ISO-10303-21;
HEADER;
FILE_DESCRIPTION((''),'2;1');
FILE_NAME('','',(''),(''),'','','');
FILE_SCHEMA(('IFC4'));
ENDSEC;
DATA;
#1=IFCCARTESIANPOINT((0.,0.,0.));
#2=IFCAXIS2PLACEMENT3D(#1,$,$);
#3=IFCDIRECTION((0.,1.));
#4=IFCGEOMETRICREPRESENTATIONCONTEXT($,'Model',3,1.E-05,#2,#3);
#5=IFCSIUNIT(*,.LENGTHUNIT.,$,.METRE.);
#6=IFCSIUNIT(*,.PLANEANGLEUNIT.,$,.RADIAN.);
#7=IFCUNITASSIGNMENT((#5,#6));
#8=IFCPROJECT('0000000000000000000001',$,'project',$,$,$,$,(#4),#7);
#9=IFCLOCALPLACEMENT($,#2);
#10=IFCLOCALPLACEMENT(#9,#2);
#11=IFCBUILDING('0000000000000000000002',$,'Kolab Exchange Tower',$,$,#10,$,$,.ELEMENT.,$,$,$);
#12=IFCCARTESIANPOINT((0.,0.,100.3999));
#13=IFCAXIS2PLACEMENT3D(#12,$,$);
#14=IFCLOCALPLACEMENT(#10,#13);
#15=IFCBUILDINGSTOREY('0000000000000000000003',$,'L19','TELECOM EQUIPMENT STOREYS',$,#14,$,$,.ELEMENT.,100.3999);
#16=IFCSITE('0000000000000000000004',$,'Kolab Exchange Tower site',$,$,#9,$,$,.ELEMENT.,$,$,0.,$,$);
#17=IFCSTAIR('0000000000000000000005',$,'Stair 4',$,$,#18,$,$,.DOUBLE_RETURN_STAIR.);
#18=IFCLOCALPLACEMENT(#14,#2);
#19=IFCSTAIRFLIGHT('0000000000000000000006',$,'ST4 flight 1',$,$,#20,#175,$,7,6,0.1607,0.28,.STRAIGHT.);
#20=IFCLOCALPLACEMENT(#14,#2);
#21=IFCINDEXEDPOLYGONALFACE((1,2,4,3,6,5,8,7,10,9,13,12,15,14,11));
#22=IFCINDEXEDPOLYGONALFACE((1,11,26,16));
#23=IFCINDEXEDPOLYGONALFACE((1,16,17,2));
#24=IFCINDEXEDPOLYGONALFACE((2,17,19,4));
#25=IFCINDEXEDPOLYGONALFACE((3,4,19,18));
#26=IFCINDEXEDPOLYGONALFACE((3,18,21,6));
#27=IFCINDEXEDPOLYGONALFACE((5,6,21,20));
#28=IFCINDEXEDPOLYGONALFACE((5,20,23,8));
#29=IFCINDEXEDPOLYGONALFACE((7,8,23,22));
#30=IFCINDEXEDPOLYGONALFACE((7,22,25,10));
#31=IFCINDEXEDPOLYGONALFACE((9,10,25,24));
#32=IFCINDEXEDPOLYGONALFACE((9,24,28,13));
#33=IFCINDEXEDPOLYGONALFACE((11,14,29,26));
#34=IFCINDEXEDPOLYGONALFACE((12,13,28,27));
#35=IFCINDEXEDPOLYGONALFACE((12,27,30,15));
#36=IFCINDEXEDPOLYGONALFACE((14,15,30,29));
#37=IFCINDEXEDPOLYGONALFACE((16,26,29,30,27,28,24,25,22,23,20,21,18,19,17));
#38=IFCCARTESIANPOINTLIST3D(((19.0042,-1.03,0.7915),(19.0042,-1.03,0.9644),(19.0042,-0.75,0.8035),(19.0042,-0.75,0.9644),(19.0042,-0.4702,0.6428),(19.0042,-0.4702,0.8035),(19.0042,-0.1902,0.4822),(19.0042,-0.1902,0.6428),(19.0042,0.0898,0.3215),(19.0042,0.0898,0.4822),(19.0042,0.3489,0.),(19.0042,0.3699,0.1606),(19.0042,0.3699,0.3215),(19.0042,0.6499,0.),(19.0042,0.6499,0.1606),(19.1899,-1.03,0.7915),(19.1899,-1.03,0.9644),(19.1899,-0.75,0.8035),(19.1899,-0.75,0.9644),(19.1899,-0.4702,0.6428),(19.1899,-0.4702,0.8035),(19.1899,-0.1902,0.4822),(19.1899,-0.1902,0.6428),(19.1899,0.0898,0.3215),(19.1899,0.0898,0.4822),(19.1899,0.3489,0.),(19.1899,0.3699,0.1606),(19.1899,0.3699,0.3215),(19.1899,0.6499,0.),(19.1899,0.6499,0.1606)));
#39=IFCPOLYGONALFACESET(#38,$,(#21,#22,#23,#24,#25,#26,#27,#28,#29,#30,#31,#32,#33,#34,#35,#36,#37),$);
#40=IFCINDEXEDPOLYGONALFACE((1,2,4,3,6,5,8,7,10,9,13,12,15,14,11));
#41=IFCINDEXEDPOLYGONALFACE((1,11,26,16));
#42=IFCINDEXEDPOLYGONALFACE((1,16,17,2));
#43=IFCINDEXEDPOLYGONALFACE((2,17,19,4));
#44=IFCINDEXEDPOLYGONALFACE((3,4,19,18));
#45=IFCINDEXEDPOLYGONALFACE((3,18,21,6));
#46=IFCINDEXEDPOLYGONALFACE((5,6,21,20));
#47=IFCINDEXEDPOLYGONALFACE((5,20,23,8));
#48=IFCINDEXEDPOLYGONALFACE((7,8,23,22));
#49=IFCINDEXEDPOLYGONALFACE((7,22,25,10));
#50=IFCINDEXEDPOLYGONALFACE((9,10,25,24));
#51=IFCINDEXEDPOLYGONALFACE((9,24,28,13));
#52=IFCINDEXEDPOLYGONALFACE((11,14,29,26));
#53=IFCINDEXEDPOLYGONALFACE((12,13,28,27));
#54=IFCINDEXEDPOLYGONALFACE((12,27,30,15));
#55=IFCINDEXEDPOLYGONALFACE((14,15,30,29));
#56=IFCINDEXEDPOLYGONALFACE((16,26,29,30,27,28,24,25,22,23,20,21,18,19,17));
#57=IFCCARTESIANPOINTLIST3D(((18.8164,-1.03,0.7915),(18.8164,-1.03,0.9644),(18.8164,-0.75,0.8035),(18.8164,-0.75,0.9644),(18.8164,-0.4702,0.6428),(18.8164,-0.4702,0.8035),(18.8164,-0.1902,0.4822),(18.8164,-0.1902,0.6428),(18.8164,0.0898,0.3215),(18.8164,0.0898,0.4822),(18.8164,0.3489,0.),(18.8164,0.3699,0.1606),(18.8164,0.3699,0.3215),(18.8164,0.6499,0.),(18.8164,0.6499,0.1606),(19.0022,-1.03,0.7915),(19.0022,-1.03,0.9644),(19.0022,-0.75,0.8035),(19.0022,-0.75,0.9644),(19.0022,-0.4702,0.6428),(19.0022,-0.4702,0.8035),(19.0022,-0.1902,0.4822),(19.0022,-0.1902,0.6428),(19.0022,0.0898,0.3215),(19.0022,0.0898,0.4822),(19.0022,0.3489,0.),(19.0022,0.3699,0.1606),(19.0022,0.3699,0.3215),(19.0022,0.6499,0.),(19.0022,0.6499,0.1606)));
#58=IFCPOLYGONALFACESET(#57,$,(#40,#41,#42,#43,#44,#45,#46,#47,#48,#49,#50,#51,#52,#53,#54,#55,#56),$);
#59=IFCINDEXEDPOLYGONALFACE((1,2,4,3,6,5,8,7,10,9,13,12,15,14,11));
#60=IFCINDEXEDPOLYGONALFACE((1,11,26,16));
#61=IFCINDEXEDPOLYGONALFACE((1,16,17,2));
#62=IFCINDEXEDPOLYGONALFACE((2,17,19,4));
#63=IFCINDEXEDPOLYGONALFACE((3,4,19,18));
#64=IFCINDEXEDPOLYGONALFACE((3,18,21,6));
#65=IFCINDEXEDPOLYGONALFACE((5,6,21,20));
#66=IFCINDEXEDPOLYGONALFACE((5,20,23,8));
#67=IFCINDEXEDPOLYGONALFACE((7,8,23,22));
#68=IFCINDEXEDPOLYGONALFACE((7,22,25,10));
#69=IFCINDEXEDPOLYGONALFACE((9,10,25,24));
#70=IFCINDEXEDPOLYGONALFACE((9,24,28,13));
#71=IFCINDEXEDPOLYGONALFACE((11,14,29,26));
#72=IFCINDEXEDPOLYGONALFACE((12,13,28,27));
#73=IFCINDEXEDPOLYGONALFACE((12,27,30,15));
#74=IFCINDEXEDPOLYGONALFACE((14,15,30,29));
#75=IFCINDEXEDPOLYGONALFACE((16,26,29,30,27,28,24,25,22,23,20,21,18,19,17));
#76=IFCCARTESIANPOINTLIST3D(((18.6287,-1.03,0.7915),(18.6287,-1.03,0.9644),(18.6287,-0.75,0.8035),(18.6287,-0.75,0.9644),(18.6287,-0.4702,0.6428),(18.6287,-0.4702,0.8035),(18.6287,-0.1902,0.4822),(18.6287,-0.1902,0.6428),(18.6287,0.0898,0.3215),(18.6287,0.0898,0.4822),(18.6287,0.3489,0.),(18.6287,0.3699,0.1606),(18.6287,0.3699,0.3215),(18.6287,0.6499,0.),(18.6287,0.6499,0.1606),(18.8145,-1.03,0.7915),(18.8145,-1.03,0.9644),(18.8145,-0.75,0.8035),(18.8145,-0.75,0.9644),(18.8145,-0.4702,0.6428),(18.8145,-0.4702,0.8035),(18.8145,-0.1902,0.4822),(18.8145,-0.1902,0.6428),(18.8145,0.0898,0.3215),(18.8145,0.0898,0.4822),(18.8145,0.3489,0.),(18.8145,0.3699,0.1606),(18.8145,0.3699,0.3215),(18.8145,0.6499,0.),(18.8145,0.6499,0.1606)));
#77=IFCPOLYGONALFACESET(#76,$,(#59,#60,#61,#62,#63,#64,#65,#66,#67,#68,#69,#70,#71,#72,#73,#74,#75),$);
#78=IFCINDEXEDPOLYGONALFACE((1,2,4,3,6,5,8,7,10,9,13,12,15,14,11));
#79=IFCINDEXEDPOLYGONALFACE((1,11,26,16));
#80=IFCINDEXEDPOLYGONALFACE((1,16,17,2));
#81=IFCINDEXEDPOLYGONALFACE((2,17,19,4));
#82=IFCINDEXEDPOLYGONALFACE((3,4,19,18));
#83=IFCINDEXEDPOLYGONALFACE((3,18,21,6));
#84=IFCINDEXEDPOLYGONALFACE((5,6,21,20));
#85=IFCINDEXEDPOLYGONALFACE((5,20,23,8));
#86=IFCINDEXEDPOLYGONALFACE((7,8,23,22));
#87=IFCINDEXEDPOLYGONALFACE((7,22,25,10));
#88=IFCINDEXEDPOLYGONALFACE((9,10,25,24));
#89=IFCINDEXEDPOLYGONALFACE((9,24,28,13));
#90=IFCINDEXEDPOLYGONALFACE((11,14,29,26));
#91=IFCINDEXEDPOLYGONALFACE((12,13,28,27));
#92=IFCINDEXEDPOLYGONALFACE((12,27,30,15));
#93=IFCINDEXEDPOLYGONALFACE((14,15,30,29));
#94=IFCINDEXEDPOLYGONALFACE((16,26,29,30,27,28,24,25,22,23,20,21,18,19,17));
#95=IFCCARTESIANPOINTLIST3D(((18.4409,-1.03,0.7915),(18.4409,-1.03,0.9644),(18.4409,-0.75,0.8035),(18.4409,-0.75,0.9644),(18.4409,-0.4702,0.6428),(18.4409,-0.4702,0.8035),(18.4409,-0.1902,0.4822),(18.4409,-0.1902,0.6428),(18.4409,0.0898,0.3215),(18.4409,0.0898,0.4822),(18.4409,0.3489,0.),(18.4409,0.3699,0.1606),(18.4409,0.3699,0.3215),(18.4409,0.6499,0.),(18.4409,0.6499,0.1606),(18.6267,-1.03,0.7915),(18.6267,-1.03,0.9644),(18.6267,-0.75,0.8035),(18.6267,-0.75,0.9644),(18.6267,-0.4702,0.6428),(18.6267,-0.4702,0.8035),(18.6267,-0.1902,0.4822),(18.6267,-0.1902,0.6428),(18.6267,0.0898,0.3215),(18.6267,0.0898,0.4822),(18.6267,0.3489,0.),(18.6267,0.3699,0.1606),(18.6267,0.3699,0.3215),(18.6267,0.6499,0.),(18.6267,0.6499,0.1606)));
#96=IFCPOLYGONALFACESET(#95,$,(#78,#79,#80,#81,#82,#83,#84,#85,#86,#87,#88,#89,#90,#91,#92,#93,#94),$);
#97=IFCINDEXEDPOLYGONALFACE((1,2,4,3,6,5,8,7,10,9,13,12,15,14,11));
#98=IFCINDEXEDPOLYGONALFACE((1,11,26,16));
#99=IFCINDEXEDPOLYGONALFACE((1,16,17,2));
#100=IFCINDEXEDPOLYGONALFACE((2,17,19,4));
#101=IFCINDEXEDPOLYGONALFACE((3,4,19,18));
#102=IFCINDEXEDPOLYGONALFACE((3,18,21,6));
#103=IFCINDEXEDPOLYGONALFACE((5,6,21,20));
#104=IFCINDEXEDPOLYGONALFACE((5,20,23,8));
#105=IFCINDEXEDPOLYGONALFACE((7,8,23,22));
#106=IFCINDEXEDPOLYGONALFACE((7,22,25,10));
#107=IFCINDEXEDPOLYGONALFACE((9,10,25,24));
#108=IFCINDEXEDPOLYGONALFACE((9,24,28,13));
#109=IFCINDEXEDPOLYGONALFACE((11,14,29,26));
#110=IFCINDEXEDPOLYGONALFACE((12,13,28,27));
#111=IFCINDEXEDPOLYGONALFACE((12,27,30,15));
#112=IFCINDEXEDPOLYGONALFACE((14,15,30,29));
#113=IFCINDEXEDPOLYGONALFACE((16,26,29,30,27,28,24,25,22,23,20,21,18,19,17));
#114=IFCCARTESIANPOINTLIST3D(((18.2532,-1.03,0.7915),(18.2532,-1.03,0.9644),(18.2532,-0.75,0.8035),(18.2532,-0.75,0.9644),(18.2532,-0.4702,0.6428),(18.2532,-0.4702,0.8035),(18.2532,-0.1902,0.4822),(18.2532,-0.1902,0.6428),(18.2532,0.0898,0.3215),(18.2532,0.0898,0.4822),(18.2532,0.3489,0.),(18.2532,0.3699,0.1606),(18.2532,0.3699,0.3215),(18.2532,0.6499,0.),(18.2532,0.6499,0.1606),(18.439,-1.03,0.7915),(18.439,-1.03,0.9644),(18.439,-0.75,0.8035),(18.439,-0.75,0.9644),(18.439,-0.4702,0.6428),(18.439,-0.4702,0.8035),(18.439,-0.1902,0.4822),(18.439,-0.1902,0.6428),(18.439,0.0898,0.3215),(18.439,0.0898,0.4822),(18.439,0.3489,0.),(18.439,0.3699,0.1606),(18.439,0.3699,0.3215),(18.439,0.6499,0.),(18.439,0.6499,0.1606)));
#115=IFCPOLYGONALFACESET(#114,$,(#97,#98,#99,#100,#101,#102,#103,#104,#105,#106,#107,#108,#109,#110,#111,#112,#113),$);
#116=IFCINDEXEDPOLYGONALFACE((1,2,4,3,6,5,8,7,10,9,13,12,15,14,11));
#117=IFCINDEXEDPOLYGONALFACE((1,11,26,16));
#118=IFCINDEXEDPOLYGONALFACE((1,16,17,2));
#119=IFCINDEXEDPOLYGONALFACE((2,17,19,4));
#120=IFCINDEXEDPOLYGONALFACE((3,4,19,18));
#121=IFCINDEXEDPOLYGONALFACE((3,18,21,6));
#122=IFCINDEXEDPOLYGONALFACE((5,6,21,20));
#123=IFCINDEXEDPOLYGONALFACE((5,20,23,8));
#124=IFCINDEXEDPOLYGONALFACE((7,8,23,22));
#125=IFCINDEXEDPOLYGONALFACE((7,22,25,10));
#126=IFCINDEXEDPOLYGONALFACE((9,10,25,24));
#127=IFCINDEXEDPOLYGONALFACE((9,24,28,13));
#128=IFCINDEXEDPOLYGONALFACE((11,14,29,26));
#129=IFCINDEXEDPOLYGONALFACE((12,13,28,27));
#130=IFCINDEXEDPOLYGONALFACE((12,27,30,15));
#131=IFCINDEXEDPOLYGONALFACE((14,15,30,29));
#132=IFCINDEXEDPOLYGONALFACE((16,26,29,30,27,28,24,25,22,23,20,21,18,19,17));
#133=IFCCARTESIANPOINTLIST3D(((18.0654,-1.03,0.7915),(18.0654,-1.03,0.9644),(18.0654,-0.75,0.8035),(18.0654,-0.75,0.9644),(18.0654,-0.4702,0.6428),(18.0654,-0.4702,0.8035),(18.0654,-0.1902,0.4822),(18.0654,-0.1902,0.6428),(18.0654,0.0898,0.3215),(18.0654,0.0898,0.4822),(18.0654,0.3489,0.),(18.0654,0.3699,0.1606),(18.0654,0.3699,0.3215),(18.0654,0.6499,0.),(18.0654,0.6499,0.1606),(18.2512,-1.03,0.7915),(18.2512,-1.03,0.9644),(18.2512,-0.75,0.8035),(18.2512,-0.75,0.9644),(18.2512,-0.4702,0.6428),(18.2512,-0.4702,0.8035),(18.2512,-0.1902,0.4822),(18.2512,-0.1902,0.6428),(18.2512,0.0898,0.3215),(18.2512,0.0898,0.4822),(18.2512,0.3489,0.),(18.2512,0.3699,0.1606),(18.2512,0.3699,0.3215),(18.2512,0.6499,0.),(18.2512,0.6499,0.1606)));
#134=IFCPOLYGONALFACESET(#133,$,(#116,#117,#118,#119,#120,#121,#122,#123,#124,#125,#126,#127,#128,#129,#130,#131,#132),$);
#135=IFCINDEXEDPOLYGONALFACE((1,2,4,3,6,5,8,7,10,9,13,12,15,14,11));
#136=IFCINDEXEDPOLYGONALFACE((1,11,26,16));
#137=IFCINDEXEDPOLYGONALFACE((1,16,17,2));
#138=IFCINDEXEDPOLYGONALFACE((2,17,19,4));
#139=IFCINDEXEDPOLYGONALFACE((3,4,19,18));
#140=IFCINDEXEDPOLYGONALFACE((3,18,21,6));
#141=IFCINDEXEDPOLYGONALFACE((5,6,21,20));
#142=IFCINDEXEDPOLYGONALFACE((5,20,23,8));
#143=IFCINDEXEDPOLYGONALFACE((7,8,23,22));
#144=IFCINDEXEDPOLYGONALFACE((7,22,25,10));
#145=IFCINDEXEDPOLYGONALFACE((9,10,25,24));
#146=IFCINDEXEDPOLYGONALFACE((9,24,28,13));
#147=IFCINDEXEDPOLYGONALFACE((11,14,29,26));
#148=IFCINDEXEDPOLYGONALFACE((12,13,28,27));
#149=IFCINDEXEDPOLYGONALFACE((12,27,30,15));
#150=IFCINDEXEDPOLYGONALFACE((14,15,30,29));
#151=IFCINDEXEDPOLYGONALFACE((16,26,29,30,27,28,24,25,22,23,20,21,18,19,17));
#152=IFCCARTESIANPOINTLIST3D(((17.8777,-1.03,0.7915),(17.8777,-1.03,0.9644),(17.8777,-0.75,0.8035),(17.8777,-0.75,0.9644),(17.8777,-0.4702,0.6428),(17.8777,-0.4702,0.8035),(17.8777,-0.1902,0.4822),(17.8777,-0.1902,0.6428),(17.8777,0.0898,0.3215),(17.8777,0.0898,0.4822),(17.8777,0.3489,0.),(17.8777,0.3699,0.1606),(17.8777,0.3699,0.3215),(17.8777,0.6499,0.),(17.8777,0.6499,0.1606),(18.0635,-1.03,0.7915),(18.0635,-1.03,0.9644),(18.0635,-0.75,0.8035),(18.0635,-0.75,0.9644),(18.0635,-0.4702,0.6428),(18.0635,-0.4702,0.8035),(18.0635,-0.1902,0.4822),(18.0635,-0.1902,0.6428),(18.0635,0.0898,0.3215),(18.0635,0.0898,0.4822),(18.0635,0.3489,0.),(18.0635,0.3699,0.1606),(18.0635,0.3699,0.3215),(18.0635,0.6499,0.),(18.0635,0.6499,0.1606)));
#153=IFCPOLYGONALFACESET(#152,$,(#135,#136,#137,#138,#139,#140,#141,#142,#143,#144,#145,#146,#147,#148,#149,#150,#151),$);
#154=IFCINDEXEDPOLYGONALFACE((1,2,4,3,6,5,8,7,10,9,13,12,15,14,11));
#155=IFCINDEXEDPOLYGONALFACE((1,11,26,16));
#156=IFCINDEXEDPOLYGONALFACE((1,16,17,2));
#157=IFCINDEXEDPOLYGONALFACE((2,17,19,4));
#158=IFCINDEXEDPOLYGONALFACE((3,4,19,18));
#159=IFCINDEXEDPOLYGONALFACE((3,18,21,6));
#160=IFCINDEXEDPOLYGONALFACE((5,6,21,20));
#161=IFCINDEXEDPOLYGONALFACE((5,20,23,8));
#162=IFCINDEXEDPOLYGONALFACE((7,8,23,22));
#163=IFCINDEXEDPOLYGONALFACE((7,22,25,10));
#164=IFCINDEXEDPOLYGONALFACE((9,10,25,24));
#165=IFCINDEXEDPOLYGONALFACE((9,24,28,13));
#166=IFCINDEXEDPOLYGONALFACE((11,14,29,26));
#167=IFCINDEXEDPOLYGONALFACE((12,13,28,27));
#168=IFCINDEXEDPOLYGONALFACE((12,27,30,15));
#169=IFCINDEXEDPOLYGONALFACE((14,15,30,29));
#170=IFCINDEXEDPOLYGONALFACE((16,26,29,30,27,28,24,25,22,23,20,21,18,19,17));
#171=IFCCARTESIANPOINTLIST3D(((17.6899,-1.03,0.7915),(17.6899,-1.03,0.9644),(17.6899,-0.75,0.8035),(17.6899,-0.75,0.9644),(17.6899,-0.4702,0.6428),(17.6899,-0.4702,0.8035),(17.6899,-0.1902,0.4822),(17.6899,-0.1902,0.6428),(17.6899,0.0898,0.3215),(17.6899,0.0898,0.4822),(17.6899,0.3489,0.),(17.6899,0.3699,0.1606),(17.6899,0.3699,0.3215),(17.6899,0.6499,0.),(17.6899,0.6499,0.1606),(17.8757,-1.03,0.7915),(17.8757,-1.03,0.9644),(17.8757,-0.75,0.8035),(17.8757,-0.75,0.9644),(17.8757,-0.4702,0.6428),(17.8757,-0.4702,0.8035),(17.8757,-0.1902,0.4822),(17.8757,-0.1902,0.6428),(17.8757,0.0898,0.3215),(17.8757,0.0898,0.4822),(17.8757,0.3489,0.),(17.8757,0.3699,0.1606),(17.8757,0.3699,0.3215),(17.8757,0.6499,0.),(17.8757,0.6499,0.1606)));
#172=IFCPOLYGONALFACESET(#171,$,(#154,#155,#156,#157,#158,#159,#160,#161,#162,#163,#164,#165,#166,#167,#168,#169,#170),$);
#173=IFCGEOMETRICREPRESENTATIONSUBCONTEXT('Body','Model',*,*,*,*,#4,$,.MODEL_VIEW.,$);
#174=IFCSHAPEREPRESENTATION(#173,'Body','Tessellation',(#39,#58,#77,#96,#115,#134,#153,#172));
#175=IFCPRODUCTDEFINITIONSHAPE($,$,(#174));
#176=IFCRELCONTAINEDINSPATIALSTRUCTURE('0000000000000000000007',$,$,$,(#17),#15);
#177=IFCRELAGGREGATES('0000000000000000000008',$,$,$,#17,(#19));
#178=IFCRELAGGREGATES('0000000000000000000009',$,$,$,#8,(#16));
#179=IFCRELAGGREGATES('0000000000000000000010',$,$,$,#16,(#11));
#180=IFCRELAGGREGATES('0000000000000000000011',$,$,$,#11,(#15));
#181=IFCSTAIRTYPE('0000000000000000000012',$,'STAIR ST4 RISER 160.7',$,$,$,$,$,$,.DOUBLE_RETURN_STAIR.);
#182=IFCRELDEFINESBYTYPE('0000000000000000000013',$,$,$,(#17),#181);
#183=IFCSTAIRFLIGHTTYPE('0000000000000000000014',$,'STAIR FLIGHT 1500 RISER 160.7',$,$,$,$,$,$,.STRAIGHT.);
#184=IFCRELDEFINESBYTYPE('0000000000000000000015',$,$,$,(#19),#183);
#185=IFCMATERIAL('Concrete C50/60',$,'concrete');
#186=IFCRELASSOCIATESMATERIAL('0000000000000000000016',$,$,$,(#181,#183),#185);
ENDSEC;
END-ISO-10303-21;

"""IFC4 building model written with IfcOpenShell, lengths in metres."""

from ifc_helpers import new_model, si_unit, direction, frame, origin, place, context, subcontext, project, spatial, polyline, outline, extrude, material, type_object, element, aggregate, save


model = new_model("IFC4")

# Units and contexts
model_context = context("Model", 3, precision=1e-05, world=origin(), true_north=direction((0.0, 1.0)))
body_context = subcontext(model_context, "Body", "Model", "MODEL_VIEW")
ifc_project = project(units=[si_unit("LENGTHUNIT", "METRE"), si_unit("PLANEANGLEUNIT", "RADIAN")], contexts=[model_context])

# Site, building, storey
site_placement = place(None, origin())
site = spatial("IfcSite", under=ifc_project, at=site_placement, Name="Kolab Exchange Tower site", CompositionType="ELEMENT", RefElevation=0.0)
building_placement = place(site_placement, origin())
building = spatial("IfcBuilding", under=site, at=building_placement, Name="Kolab Exchange Tower", CompositionType="ELEMENT")
storey_placement = place(building_placement, frame((0.0, 0.0, 100.3999)))
storey = spatial("IfcBuildingStorey", under=building, at=storey_placement, Name="L19", Description="TELECOM EQUIPMENT STOREYS", CompositionType="ELEMENT", Elevation=100.3999)

# Shared definitions
ifc_material_1 = material(Name="Concrete C50/60", Category="concrete")

# Stair, stair flight
stair_type = type_object("IfcStairType", Name="STAIR ST4 RISER 160.7", PredefinedType="DOUBLE_RETURN_STAIR", material=ifc_material_1)
stair_placement = place(storey_placement, origin())
stair = element("IfcStair", 1, at=stair_placement, inside=storey, type_object=stair_type, Name="Stair 4", PredefinedType="DOUBLE_RETURN_STAIR")
stair_flight_type = type_object("IfcStairFlightType", Name="STAIR FLIGHT 1500 RISER 160.7", PredefinedType="STRAIGHT", material=ifc_material_1)
stair_flight_1_placement = place(storey_placement, frame((18.4399, 0.6499, 0.0), z_axis=(0.0, 0.0, 1.0), x_axis=(0.0, -1.0, 0.0)))
stair_flight_1 = element("IfcStairFlight", 2, at=stair_flight_1_placement, type_object=stair_flight_type, Name="ST4 flight 1", NumberOfRisers=7, NumberOfTreads=6, PredefinedType="STRAIGHT", RiserHeight=0.1607, TreadLength=0.28, context=body_context, shape_type="SweptSolid", body=[
    extrude(outline(polyline([(0.0, 0.0), (0.0, 0.1606), (0.28, 0.1606), (0.28, 0.3215), (0.5601, 0.3215), (0.5601, 0.4822), (0.8401, 0.4822), (0.8401, 0.6428), (1.1201, 0.6428), (1.1201, 0.8035), (1.3999, 0.8035), (1.3999, 0.9644), (1.6799, 0.9644), (1.6799, 1.125), (1.6799, 0.7915), (0.301, 0.0), (0.0, 0.0)])), frame((0.0, 0.75, 0.0), z_axis=(0.0, -1.0, 0.0), x_axis=(1.0, 0.0, 0.0)), (0.0, 0.0, 1.0), 0.1858),
    extrude(outline(polyline([(0.0, 0.0), (0.0, 0.1606), (0.28, 0.1606), (0.28, 0.3215), (0.5601, 0.3215), (0.5601, 0.4822), (0.8401, 0.4822), (0.8401, 0.6428), (1.1201, 0.6428), (1.1201, 0.8035), (1.3999, 0.8035), (1.3999, 0.9644), (1.6799, 0.9644), (1.6799, 1.125), (1.6799, 0.7915), (0.301, 0.0), (0.0, 0.0)])), frame((0.0, 0.5623, 0.0), z_axis=(0.0, -1.0, 0.0), x_axis=(1.0, 0.0, 0.0)), (0.0, 0.0, 1.0), 0.1858),
    extrude(outline(polyline([(0.0, 0.0), (0.0, 0.1606), (0.28, 0.1606), (0.28, 0.3215), (0.5601, 0.3215), (0.5601, 0.4822), (0.8401, 0.4822), (0.8401, 0.6428), (1.1201, 0.6428), (1.1201, 0.8035), (1.3999, 0.8035), (1.3999, 0.9644), (1.6799, 0.9644), (1.6799, 1.125), (1.6799, 0.7915), (0.301, 0.0), (0.0, 0.0)])), frame((0.0, 0.3745, 0.0), z_axis=(0.0, -1.0, 0.0), x_axis=(1.0, 0.0, 0.0)), (0.0, 0.0, 1.0), 0.1858),
    extrude(outline(polyline([(0.0, 0.0), (0.0, 0.1606), (0.28, 0.1606), (0.28, 0.3215), (0.5601, 0.3215), (0.5601, 0.4822), (0.8401, 0.4822), (0.8401, 0.6428), (1.1201, 0.6428), (1.1201, 0.8035), (1.3999, 0.8035), (1.3999, 0.9644), (1.6799, 0.9644), (1.6799, 1.125), (1.6799, 0.7915), (0.301, 0.0), (0.0, 0.0)])), frame((0.0, 0.1868, 0.0), z_axis=(0.0, -1.0, 0.0), x_axis=(1.0, 0.0, 0.0)), (0.0, 0.0, 1.0), 0.1858),
    extrude(outline(polyline([(0.0, 0.0), (0.0, 0.1606), (0.28, 0.1606), (0.28, 0.3215), (0.5601, 0.3215), (0.5601, 0.4822), (0.8401, 0.4822), (0.8401, 0.6428), (1.1201, 0.6428), (1.1201, 0.8035), (1.3999, 0.8035), (1.3999, 0.9644), (1.6799, 0.9644), (1.6799, 1.125), (1.6799, 0.7915), (0.301, 0.0), (0.0, 0.0)])), frame((0.0, -0.001, 0.0), z_axis=(0.0, -1.0, 0.0), x_axis=(1.0, 0.0, 0.0)), (0.0, 0.0, 1.0), 0.1858),
    extrude(outline(polyline([(0.0, 0.0), (0.0, 0.1606), (0.28, 0.1606), (0.28, 0.3215), (0.5601, 0.3215), (0.5601, 0.4822), (0.8401, 0.4822), (0.8401, 0.6428), (1.1201, 0.6428), (1.1201, 0.8035), (1.3999, 0.8035), (1.3999, 0.9644), (1.6799, 0.9644), (1.6799, 1.125), (1.6799, 0.7915), (0.301, 0.0), (0.0, 0.0)])), frame((0.0, -0.1887, 0.0), z_axis=(0.0, -1.0, 0.0), x_axis=(1.0, 0.0, 0.0)), (0.0, 0.0, 1.0), 0.1858),
    extrude(outline(polyline([(0.0, 0.0), (0.0, 0.1606), (0.28, 0.1606), (0.28, 0.3215), (0.5601, 0.3215), (0.5601, 0.4822), (0.8401, 0.4822), (0.8401, 0.6428), (1.1201, 0.6428), (1.1201, 0.8035), (1.3999, 0.8035), (1.3999, 0.9644), (1.6799, 0.9644), (1.6799, 1.125), (1.6799, 0.7915), (0.301, 0.0), (0.0, 0.0)])), frame((0.0, -0.3765, 0.0), z_axis=(0.0, -1.0, 0.0), x_axis=(1.0, 0.0, 0.0)), (0.0, 0.0, 1.0), 0.1858),
    extrude(outline(polyline([(0.0, 0.0), (0.0, 0.1606), (0.28, 0.1606), (0.28, 0.3215), (0.5601, 0.3215), (0.5601, 0.4822), (0.8401, 0.4822), (0.8401, 0.6428), (1.1201, 0.6428), (1.1201, 0.8035), (1.3999, 0.8035), (1.3999, 0.9644), (1.6799, 0.9644), (1.6799, 1.125), (1.6799, 0.7915), (0.301, 0.0), (0.0, 0.0)])), frame((0.0, -0.5642, 0.0), z_axis=(0.0, -1.0, 0.0), x_axis=(1.0, 0.0, 0.0)), (0.0, 0.0, 1.0), 0.1858),
])
aggregate(stair, [stair_flight_1])

save(model, "model.ifc")
